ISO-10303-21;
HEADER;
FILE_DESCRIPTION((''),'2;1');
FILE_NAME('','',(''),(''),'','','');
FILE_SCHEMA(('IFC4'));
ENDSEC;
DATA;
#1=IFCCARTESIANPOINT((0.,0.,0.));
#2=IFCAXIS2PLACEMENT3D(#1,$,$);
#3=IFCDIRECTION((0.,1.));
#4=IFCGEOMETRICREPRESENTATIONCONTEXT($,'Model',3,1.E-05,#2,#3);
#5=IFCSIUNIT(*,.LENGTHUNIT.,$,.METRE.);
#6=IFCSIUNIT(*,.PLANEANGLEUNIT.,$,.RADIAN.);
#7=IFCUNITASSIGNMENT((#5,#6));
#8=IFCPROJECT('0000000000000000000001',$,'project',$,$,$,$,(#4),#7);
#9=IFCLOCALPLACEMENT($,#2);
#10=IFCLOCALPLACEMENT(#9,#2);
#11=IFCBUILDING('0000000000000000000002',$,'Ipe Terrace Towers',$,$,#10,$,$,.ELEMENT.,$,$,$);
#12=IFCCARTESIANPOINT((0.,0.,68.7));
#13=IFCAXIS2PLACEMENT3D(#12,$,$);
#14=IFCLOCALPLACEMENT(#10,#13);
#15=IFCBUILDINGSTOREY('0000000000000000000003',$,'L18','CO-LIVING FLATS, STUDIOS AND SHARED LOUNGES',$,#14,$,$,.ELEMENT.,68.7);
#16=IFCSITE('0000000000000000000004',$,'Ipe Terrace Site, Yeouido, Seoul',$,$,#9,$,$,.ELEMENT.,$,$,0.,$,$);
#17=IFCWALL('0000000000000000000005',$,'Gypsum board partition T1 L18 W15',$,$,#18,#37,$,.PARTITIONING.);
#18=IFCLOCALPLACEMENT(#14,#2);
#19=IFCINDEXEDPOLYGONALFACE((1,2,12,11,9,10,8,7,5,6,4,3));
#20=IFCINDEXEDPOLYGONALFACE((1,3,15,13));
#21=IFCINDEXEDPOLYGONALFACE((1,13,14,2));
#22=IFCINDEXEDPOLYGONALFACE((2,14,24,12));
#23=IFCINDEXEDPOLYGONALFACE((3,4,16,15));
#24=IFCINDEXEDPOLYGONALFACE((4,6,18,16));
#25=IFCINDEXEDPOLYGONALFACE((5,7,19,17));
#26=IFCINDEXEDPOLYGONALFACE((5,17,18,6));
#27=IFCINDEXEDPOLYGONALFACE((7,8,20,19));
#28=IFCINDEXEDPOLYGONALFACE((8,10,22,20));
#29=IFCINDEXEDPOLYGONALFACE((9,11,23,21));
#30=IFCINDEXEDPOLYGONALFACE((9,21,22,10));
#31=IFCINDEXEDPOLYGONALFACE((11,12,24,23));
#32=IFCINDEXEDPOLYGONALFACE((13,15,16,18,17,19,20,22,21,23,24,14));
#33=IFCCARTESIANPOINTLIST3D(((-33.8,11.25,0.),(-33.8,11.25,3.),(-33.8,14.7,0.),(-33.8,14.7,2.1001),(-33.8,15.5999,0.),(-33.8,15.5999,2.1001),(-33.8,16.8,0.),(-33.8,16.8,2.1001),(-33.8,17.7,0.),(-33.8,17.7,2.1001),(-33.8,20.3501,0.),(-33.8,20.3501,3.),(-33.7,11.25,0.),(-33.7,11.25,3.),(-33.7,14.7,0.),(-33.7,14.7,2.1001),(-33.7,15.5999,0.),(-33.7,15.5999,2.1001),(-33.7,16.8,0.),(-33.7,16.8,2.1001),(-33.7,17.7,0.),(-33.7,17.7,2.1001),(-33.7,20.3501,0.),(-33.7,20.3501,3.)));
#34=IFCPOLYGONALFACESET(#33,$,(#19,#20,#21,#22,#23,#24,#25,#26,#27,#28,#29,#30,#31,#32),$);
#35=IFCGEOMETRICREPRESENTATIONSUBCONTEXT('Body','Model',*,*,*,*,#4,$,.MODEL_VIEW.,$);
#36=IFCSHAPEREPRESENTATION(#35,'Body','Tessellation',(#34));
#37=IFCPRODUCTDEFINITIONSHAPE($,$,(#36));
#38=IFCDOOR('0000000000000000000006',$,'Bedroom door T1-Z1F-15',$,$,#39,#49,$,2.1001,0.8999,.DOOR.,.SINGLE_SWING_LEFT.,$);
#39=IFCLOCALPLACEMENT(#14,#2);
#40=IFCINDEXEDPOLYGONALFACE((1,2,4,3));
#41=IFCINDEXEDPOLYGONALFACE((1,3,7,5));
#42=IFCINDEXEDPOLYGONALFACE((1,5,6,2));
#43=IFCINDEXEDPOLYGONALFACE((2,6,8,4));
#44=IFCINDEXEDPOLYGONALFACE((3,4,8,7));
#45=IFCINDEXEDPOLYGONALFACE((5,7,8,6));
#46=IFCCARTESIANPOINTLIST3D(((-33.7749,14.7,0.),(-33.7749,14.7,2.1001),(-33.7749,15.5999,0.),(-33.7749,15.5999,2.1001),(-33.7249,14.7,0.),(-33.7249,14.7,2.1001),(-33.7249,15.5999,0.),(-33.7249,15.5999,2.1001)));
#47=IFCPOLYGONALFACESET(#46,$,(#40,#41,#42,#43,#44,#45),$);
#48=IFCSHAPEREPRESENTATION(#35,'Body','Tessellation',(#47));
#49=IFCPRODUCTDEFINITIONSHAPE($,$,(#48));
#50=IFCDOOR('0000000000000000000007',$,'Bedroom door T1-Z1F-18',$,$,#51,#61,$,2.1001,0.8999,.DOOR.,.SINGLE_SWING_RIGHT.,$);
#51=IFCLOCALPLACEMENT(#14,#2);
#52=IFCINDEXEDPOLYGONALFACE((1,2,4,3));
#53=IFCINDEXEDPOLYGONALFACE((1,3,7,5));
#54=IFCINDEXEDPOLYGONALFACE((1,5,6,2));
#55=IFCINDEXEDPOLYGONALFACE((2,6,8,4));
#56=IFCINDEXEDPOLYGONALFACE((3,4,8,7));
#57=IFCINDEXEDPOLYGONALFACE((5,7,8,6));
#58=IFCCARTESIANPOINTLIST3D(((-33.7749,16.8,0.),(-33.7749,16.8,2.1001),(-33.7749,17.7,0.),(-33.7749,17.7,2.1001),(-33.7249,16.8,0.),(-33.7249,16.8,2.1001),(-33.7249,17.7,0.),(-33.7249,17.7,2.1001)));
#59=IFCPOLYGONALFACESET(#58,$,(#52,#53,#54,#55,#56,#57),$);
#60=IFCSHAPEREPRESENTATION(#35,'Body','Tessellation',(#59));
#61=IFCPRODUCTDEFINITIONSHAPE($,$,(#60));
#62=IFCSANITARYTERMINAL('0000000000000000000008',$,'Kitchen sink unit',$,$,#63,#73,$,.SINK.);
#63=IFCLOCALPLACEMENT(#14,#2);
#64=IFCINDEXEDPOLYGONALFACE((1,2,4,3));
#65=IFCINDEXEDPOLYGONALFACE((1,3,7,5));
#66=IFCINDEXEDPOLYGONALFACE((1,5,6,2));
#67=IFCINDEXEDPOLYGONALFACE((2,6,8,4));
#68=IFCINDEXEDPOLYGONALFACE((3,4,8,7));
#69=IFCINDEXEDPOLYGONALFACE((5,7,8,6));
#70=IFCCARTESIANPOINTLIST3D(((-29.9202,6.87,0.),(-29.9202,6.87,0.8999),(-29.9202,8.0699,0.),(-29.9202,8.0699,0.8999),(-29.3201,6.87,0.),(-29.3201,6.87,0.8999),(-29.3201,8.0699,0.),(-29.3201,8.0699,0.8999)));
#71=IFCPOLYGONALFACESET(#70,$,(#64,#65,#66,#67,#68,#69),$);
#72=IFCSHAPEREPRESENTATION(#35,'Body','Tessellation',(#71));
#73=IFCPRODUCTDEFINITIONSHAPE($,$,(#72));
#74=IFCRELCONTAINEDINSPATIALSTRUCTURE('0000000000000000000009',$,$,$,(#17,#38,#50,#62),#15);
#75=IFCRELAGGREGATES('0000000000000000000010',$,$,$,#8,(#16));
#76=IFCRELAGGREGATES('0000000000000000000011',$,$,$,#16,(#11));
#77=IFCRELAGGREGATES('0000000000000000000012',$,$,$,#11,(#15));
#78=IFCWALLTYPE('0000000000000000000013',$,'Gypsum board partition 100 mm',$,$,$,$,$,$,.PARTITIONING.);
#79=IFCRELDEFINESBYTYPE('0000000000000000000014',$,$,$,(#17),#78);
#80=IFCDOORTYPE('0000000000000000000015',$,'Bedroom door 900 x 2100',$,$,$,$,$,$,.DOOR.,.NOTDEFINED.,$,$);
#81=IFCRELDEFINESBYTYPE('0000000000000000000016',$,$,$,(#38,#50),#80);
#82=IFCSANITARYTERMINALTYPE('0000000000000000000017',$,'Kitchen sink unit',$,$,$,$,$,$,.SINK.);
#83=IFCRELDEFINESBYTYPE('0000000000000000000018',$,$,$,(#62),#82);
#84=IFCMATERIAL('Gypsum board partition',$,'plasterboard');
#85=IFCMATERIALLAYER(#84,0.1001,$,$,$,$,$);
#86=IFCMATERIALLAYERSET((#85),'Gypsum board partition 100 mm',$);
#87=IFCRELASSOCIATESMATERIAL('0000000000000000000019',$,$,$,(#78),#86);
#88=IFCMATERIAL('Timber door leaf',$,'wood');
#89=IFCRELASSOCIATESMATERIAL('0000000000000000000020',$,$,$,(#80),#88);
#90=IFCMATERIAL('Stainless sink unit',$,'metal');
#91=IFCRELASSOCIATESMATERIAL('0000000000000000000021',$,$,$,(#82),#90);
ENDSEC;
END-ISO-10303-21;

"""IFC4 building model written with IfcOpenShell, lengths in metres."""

from ifc_helpers import new_model, si_unit, direction, frame, frame_2d, origin, origin_2d, place, context, subcontext, project, spatial, rectangle, extrude, material, layer, layer_set, type_object, element, fill, save


model = new_model("IFC4")

# Units and contexts
model_context = context("Model", 3, precision=1e-05, world=origin(), true_north=direction((0.0, 1.0)))
body_context = subcontext(model_context, "Body", "Model", "MODEL_VIEW")
ifc_project = project(units=[si_unit("LENGTHUNIT", "METRE"), si_unit("PLANEANGLEUNIT", "RADIAN")], contexts=[model_context])

# Site, building, storey
site_placement = place(None, origin())
site = spatial("IfcSite", under=ifc_project, at=site_placement, Name="Ipe Terrace Site, Yeouido, Seoul", CompositionType="ELEMENT", RefElevation=0.0)
building_placement = place(site_placement, origin())
building = spatial("IfcBuilding", under=site, at=building_placement, Name="Ipe Terrace Towers", CompositionType="ELEMENT")
storey_placement = place(building_placement, frame((0.0, 0.0, 68.7)))
storey = spatial("IfcBuildingStorey", under=building, at=storey_placement, Name="L18", Description="CO-LIVING FLATS, STUDIOS AND SHARED LOUNGES", CompositionType="ELEMENT", Elevation=68.7)

# Wall, openings, doors
ifc_material_1 = material(Name="Gypsum board partition", Category="plasterboard")
ifc_layer_1 = layer(ifc_material_1, 0.1001)
ifc_layer_set_1 = layer_set([ifc_layer_1], Name="Gypsum board partition 100 mm")
wall_type_1 = type_object("IfcWallType", Name="Gypsum board partition 100 mm", PredefinedType="PARTITIONING", material=ifc_layer_set_1)
wall_1_placement = place(storey_placement, frame((-33.75, 11.25, 0.0), z_axis=(0.0, 0.0, 1.0), x_axis=(0.0, 1.0, 0.0)))
wall_1 = element("IfcWall", 1, at=wall_1_placement, inside=storey, type_object=wall_type_1, Name="Gypsum board partition T1 L18 W15", PredefinedType="PARTITIONING", context=body_context, shape_type="SweptSolid", body=[
    extrude(rectangle(XDim=9.1001, YDim=0.1001, at=frame_2d((4.55, 0.0))), origin(), (0.0, 0.0, 1.0), 3.0),
])
opening_1_placement = place(wall_1_placement, frame((3.45, 0.0, 0.0)))
opening_1 = element("IfcOpeningElement", 2, at=opening_1_placement, cuts=wall_1, PredefinedType="OPENING", context=body_context, shape_type="SweptSolid", body=[
    extrude(rectangle(XDim=0.8999, YDim=2.1001, at=frame_2d((0.45, 1.05))), frame((0.0, 0.0601, 0.0), z_axis=(0.0, -1.0, 0.0), x_axis=(1.0, 0.0, 0.0)), (0.0, 0.0, 1.0), 0.1201),
])
opening_2_placement = place(wall_1_placement, frame((5.55, 0.0, 0.0)))
opening_2 = element("IfcOpeningElement", 3, at=opening_2_placement, cuts=wall_1, PredefinedType="OPENING", context=body_context, shape_type="SweptSolid", body=[
    extrude(rectangle(XDim=0.8999, YDim=2.1001, at=frame_2d((0.45, 1.05))), frame((0.0, 0.0601, 0.0), z_axis=(0.0, -1.0, 0.0), x_axis=(1.0, 0.0, 0.0)), (0.0, 0.0, 1.0), 0.1201),
])
ifc_material_2 = material(Name="Timber door leaf", Category="wood")
door_type = type_object("IfcDoorType", Name="Bedroom door 900 x 2100", OperationType="NOTDEFINED", PredefinedType="DOOR", material=ifc_material_2)
door_1_placement = place(opening_1_placement, origin())
door_1 = element("IfcDoor", 4, at=door_1_placement, inside=storey, type_object=door_type, Name="Bedroom door T1-Z1F-15", OperationType="SINGLE_SWING_LEFT", OverallHeight=2.1001, OverallWidth=0.8999, PredefinedType="DOOR", context=body_context, shape_type="SweptSolid", body=[
    extrude(rectangle(XDim=0.8999, YDim=2.1001, at=frame_2d((0.45, 1.05))), frame((0.0, 0.0249, 0.0), z_axis=(0.0, -1.0, 0.0), x_axis=(1.0, 0.0, 0.0)), (0.0, 0.0, 1.0), 0.05),
])
fill(opening_1, door_1)
door_2_placement = place(opening_2_placement, origin())
door_2 = element("IfcDoor", 5, at=door_2_placement, inside=storey, type_object=door_type, Name="Bedroom door T1-Z1F-18", OperationType="SINGLE_SWING_RIGHT", OverallHeight=2.1001, OverallWidth=0.8999, PredefinedType="DOOR", context=body_context, shape_type="SweptSolid", body=[
    extrude(rectangle(XDim=0.8999, YDim=2.1001, at=frame_2d((0.45, 1.05))), frame((0.0, 0.0249, 0.0), z_axis=(0.0, -1.0, 0.0), x_axis=(1.0, 0.0, 0.0)), (0.0, 0.0, 1.0), 0.05),
])
fill(opening_2, door_2)

# Sanitary terminal
ifc_material_3 = material(Name="Stainless sink unit", Category="metal")
sanitary_terminal_type = type_object("IfcSanitaryTerminalType", Name="Kitchen sink unit", PredefinedType="SINK", material=ifc_material_3)
sanitary_terminal_placement = place(storey_placement, frame((-29.6201, 7.47, 0.0), z_axis=(0.0, 0.0, 1.0), x_axis=(0.0, -1.0, 0.0)))
element("IfcSanitaryTerminal", 6, at=sanitary_terminal_placement, inside=storey, type_object=sanitary_terminal_type, Name="Kitchen sink unit", PredefinedType="SINK", context=body_context, shape_type="SweptSolid", body=[
    extrude(rectangle(XDim=1.2, YDim=0.6001, at=origin_2d()), origin(), (0.0, 0.0, 1.0), 0.8999),
])

save(model, "model.ifc")
